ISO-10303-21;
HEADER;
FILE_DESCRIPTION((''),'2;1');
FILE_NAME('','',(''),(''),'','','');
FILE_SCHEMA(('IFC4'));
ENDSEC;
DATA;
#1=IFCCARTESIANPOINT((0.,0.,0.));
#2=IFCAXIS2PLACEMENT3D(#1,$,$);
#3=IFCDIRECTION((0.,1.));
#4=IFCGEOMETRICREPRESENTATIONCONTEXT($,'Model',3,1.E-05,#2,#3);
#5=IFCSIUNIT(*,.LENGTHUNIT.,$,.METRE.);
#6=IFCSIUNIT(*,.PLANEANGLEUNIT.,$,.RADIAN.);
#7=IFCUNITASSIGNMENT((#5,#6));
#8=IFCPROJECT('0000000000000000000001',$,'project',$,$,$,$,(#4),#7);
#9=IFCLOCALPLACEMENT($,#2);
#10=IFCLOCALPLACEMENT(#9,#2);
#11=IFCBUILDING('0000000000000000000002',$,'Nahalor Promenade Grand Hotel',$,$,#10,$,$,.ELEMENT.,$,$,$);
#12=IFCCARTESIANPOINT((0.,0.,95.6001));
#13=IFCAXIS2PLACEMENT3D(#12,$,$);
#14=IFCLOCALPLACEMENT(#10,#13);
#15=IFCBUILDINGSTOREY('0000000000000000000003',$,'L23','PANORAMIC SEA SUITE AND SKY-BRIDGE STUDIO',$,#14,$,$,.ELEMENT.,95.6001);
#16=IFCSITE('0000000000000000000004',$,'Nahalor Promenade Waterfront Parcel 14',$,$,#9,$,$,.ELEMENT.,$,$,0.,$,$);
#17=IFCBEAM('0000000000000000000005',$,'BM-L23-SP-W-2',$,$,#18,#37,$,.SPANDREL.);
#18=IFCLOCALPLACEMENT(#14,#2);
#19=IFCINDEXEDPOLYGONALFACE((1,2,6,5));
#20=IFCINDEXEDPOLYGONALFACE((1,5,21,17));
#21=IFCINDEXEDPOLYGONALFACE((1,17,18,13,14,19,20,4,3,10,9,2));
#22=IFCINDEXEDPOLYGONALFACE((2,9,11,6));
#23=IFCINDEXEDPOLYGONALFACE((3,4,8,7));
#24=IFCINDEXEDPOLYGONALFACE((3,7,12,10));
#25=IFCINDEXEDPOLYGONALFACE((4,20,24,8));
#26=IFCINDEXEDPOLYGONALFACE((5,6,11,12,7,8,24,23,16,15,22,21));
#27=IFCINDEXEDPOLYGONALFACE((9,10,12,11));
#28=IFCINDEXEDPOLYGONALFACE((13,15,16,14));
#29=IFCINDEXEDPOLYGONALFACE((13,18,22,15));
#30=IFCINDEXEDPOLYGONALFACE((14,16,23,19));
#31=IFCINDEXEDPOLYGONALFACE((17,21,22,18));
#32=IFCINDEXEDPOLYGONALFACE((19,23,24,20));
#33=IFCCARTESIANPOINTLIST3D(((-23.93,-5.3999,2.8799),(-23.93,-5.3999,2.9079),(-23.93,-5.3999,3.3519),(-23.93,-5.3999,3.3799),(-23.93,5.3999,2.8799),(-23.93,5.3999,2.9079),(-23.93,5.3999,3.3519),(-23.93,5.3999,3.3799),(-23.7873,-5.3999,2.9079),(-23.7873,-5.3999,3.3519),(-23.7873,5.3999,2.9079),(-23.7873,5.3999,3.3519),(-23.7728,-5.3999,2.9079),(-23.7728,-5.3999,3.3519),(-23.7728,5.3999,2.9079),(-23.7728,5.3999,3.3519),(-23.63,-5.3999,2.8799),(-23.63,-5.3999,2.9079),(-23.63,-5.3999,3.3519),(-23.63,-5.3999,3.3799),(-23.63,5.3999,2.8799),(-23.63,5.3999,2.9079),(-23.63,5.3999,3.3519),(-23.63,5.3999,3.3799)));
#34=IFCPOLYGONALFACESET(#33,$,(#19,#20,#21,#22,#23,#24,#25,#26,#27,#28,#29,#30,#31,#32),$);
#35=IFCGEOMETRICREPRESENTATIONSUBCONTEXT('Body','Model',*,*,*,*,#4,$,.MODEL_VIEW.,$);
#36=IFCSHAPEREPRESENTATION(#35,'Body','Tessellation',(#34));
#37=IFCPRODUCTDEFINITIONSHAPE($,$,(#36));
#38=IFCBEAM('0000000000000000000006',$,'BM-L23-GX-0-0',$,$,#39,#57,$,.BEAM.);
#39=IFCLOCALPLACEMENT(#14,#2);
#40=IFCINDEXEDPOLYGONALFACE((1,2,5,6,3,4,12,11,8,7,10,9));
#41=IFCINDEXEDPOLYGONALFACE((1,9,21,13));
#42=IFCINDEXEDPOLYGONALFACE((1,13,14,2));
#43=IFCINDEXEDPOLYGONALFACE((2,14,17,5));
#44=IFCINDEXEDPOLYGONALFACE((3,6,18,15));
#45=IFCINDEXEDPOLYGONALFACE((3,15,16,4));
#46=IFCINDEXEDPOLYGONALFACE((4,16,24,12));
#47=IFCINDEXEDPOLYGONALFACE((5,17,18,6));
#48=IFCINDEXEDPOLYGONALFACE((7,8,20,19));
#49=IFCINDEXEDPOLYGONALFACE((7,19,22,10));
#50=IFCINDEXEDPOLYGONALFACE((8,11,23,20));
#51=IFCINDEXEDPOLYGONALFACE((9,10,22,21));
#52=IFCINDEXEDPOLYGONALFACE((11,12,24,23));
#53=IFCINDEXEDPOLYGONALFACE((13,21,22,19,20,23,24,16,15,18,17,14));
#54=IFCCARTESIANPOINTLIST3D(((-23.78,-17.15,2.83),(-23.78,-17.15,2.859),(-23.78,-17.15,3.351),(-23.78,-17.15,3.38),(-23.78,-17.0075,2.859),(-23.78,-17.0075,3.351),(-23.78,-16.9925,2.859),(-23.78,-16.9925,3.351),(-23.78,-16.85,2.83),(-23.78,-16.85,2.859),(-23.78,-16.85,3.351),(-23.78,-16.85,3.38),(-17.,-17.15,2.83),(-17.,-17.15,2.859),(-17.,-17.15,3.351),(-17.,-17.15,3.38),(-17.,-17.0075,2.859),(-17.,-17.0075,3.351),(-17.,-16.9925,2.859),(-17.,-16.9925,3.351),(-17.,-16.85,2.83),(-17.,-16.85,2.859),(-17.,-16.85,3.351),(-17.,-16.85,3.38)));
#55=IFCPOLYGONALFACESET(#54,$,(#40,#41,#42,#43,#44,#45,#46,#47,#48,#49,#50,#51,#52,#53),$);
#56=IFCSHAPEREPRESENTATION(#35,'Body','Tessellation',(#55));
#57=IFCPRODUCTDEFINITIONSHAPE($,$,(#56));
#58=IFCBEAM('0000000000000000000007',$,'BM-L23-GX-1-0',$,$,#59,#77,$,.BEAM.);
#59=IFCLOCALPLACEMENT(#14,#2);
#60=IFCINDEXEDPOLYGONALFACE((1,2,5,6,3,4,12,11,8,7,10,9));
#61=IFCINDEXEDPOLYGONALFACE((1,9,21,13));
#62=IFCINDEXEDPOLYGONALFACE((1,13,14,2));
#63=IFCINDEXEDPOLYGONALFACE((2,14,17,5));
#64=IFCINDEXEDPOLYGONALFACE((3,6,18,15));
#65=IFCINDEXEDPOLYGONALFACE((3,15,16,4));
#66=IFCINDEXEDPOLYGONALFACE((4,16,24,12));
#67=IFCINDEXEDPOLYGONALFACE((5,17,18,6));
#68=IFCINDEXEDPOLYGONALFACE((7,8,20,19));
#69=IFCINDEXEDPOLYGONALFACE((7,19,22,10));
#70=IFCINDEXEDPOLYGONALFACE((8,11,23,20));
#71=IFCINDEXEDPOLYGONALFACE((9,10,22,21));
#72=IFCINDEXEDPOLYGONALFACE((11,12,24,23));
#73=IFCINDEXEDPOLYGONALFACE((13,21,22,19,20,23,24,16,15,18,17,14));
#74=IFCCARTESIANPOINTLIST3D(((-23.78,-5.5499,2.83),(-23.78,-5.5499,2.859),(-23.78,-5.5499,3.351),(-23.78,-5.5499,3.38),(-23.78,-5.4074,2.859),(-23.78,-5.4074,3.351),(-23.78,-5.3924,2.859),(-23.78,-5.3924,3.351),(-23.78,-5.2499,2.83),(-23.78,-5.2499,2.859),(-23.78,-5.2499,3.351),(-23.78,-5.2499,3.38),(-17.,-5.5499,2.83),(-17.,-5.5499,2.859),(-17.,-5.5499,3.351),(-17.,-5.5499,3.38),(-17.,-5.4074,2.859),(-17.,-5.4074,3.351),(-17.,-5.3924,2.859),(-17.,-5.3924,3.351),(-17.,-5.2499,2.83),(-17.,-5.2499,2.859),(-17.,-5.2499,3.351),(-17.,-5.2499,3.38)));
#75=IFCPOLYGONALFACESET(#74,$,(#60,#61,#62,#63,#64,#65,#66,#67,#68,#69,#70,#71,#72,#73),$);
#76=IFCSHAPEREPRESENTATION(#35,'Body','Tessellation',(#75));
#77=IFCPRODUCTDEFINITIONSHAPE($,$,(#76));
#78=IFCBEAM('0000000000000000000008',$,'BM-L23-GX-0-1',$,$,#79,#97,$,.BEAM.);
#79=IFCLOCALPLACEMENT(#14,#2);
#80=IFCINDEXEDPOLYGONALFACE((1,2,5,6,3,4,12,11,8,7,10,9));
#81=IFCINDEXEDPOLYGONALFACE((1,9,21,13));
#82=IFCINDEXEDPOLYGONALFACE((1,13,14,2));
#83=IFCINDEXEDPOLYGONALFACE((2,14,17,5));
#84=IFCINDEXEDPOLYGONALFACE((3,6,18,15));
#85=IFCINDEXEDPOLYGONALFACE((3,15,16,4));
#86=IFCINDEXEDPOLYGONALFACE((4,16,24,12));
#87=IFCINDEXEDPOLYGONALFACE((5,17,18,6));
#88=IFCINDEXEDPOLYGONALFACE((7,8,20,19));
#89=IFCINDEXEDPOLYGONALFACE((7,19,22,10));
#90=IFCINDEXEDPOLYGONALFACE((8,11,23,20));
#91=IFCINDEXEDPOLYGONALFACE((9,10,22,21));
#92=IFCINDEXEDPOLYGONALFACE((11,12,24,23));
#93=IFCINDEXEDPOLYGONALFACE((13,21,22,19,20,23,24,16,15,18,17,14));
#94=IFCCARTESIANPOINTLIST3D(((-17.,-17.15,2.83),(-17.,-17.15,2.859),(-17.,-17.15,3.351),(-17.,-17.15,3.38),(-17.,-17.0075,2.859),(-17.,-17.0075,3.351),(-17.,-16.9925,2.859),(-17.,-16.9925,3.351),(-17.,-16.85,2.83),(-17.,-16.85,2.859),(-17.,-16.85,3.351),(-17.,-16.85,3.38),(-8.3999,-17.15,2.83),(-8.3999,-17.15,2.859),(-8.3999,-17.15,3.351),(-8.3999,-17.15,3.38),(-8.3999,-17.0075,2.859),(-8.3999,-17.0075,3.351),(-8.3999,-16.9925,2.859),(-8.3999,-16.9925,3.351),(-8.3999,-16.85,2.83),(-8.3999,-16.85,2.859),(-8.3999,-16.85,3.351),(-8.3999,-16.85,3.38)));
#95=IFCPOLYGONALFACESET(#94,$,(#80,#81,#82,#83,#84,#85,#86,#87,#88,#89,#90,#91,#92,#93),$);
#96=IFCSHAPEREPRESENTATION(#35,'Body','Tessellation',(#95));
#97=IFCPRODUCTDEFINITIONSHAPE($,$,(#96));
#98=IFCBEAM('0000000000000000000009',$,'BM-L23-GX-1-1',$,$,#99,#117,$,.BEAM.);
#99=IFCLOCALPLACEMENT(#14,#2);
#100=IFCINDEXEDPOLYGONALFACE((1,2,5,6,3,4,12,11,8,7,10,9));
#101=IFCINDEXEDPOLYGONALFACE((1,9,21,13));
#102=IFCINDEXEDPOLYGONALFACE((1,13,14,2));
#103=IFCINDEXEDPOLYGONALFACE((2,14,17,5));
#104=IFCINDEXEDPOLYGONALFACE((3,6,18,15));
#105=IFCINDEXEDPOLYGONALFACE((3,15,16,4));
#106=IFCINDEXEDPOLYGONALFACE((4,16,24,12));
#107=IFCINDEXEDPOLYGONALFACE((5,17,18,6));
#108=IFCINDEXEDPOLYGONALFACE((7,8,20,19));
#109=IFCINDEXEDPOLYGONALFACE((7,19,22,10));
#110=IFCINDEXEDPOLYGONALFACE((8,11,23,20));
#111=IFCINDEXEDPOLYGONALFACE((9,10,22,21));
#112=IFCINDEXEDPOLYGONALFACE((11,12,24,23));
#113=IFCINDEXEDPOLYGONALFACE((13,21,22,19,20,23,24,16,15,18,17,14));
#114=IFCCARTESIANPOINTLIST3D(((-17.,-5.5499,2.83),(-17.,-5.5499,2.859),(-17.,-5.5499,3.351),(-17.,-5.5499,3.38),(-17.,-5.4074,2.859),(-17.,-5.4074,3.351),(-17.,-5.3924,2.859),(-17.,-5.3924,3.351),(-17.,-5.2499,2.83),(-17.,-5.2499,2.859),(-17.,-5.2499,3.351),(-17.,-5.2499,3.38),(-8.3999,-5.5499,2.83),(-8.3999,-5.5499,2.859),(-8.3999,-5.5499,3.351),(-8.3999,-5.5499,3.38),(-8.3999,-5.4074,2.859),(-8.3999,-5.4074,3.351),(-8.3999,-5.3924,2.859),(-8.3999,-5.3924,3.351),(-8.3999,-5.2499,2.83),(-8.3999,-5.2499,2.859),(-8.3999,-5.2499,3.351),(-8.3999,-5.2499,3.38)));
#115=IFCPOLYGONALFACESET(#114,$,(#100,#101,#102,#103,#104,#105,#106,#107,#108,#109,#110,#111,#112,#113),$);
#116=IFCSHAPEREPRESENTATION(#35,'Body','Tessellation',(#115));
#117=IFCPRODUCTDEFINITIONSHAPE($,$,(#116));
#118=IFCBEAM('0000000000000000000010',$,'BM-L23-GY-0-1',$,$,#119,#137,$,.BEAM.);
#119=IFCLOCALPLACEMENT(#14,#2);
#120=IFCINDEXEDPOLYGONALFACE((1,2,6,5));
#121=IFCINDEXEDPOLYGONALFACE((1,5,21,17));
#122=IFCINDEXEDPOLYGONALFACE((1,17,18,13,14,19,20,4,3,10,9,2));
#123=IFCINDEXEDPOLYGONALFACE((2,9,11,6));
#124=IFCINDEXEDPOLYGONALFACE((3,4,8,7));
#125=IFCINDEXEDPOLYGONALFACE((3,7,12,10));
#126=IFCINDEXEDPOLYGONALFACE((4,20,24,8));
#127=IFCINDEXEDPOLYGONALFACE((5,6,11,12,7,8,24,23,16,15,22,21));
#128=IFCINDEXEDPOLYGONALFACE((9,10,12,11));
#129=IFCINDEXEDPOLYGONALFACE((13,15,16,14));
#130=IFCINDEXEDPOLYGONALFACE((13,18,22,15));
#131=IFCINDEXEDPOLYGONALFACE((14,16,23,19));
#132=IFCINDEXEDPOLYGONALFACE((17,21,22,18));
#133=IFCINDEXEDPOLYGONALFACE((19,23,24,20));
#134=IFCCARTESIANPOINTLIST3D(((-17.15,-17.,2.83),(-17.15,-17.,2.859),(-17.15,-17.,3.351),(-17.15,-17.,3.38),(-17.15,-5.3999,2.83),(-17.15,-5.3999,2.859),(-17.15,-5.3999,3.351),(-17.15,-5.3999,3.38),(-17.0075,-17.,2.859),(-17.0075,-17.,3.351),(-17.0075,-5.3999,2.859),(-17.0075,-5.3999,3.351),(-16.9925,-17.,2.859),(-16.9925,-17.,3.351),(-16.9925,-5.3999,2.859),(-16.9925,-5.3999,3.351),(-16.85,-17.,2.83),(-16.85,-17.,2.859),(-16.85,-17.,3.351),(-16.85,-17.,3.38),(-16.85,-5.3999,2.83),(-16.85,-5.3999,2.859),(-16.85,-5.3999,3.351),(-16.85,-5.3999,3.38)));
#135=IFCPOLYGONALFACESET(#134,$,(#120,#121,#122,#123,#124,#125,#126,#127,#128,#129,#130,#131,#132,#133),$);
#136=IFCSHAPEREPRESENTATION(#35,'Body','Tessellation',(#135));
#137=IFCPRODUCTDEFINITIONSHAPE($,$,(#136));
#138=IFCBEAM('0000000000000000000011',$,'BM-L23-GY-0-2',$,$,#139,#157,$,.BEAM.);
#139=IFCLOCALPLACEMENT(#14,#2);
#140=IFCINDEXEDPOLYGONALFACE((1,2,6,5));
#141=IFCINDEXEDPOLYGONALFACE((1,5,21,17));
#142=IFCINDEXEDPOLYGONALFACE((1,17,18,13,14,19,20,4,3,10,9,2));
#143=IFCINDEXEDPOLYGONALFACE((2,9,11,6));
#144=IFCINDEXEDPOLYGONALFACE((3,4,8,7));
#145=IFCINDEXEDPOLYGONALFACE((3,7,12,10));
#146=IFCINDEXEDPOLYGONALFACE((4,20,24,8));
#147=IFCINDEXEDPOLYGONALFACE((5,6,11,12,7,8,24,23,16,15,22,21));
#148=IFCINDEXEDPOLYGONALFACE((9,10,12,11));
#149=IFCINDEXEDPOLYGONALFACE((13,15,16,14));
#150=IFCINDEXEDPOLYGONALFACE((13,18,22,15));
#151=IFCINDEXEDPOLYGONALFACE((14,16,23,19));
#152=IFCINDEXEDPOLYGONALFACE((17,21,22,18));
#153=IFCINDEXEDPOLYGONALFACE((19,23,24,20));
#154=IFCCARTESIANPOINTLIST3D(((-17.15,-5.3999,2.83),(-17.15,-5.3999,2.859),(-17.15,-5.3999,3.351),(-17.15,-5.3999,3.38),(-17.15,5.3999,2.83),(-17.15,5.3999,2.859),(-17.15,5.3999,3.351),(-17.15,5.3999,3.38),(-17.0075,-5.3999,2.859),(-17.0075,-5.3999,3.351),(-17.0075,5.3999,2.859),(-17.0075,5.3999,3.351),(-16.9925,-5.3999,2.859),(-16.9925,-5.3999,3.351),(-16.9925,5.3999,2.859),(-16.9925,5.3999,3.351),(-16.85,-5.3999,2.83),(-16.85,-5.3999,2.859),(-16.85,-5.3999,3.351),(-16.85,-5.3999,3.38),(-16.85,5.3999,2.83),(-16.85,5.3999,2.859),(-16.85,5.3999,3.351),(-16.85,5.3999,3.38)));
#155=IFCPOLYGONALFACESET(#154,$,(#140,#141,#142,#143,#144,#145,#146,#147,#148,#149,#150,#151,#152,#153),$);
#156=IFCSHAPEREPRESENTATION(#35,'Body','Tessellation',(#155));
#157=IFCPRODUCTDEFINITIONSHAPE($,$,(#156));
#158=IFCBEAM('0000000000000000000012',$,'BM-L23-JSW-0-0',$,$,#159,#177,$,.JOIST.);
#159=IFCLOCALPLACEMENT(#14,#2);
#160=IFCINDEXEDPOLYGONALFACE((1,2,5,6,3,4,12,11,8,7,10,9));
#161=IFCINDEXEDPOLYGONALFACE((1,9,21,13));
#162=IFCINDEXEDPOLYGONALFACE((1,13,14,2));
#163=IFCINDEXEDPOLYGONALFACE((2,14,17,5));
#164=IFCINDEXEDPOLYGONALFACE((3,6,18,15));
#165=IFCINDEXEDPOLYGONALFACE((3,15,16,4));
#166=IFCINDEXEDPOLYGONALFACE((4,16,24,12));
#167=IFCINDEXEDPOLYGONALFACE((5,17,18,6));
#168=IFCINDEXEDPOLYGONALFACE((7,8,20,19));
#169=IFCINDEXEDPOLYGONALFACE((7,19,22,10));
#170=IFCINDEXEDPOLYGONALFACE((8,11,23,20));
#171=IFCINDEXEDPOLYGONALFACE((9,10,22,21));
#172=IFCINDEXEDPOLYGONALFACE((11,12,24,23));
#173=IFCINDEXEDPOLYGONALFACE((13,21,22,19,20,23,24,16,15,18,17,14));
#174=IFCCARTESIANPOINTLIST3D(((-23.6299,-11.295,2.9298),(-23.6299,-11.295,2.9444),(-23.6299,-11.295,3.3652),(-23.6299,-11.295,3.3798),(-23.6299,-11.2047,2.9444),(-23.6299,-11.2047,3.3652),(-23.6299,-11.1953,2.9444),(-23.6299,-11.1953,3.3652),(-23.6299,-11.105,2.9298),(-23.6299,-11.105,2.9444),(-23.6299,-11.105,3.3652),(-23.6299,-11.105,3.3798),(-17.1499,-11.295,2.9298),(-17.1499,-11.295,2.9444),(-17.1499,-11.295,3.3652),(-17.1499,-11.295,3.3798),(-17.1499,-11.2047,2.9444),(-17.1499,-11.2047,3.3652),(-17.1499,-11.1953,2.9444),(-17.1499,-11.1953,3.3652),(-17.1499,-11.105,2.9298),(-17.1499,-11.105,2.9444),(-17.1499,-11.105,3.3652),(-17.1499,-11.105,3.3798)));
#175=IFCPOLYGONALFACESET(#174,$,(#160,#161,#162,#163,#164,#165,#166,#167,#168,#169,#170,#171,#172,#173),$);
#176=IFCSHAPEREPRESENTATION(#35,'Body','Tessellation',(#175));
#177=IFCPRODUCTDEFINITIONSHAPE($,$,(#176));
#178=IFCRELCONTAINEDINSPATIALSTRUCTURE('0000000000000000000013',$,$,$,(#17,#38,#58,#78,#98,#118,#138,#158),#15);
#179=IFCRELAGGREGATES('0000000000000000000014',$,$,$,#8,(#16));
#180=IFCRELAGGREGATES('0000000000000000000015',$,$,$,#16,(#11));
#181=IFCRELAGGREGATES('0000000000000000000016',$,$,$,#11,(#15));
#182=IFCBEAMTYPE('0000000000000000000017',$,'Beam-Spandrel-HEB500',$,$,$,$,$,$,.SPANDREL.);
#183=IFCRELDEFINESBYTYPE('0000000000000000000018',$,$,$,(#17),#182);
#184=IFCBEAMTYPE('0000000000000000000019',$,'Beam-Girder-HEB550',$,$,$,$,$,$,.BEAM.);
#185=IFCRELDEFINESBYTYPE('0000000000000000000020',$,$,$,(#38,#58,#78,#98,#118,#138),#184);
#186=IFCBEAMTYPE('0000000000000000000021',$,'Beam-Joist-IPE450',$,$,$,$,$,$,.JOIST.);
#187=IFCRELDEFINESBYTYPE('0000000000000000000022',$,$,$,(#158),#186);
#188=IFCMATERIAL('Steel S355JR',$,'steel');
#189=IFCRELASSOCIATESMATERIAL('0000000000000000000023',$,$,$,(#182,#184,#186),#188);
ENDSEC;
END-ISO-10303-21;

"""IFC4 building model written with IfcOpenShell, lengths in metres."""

from ifc_helpers import new_model, si_unit, direction, frame, origin, origin_2d, place, context, subcontext, project, spatial, i_section, extrude, source, transform, mapped, material, material_profile, profile_set, type_object, element, save


model = new_model("IFC4")

# Units and contexts
model_context = context("Model", 3, precision=1e-05, world=origin(), true_north=direction((0.0, 1.0)))
body_context = subcontext(model_context, "Body", "Model", "MODEL_VIEW")
ifc_project = project(units=[si_unit("LENGTHUNIT", "METRE"), si_unit("PLANEANGLEUNIT", "RADIAN")], contexts=[model_context])

# Site, building, storey
site_placement = place(None, origin())
site = spatial("IfcSite", under=ifc_project, at=site_placement, Name="Nahalor Promenade Waterfront Parcel 14", CompositionType="ELEMENT", RefElevation=0.0)
building_placement = place(site_placement, origin())
building = spatial("IfcBuilding", under=site, at=building_placement, Name="Nahalor Promenade Grand Hotel", CompositionType="ELEMENT")
storey_placement = place(building_placement, frame((0.0, 0.0, 95.6001)))
storey = spatial("IfcBuildingStorey", under=building, at=storey_placement, Name="L23", Description="PANORAMIC SEA SUITE AND SKY-BRIDGE STUDIO", CompositionType="ELEMENT", Elevation=95.6001)

# Beams
ifc_material_1 = material(Name="Steel S355JR", Category="steel")
ifc_material_profile_1 = material_profile(ifc_material_1, i_section(OverallWidth=0.3, OverallDepth=0.5, WebThickness=0.0145, FlangeThickness=0.028, at=origin_2d()), Name="HEB 500")
ifc_profile_set_1 = profile_set([ifc_material_profile_1], Name="Steel S355JR")
beam_type_1 = type_object("IfcBeamType", Name="Beam-Spandrel-HEB500", PredefinedType="SPANDREL", material=ifc_profile_set_1)
shared_shape_1 = source(origin(), body_context, "Body", "SweptSolid", [
    extrude(i_section(OverallWidth=0.3, OverallDepth=0.5, WebThickness=0.0145, FlangeThickness=0.028, at=origin_2d()), origin(), (0.0, 0.0, 1.0), 10.7998),
])
beam_1_placement = place(storey_placement, frame((-23.78, -5.3999, 3.1299), z_axis=(0.0, 1.0, 0.0), x_axis=(-1.0, 0.0, 0.0)))
element("IfcBeam", 1, at=beam_1_placement, inside=storey, type_object=beam_type_1, Name="BM-L23-SP-W-2", PredefinedType="SPANDREL", context=body_context, shape_type="MappedRepresentation", body=[
    mapped(shared_shape_1, transform((0.0, 0.0, 0.0), scale=1.0)),
])
ifc_material_profile_2 = material_profile(ifc_material_1, i_section(OverallWidth=0.3, OverallDepth=0.55, WebThickness=0.015, FlangeThickness=0.029, at=origin_2d()), Name="HEB 550")
ifc_profile_set_2 = profile_set([ifc_material_profile_2], Name="Steel S355JR")
beam_type_2 = type_object("IfcBeamType", Name="Beam-Girder-HEB550", PredefinedType="BEAM", material=ifc_profile_set_2)
shared_shape_2 = source(origin(), body_context, "Body", "SweptSolid", [
    extrude(i_section(OverallWidth=0.3, OverallDepth=0.55, WebThickness=0.015, FlangeThickness=0.029, at=origin_2d()), origin(), (0.0, 0.0, 1.0), 6.78),
])
for number, where, z_axis, x_axis, name in (
    (2, (-23.78, -17.0, 3.105), (1.0, 0.0, 0.0), (0.0, 1.0, 0.0), "BM-L23-GX-0-0"),
    (3, (-23.78, -5.3999, 3.105), (1.0, 0.0, 0.0), (0.0, 1.0, 0.0), "BM-L23-GX-1-0"),
):
    element("IfcBeam", number, at=place(storey_placement, frame(where, z_axis=z_axis, x_axis=x_axis)), inside=storey, type_object=beam_type_2, Name=name, PredefinedType="BEAM", context=body_context, shape_type="MappedRepresentation", body=[
        mapped(shared_shape_2, transform((0.0, 0.0, 0.0), scale=1.0)),
    ])
shared_shape_3 = source(origin(), body_context, "Body", "SweptSolid", [
    extrude(i_section(OverallWidth=0.3, OverallDepth=0.55, WebThickness=0.015, FlangeThickness=0.029, at=origin_2d()), origin(), (0.0, 0.0, 1.0), 8.6001),
])
for number, where, z_axis, x_axis, name in (
    (4, (-17.0, -17.0, 3.105), (1.0, 0.0, 0.0), (0.0, 1.0, 0.0), "BM-L23-GX-0-1"),
    (5, (-17.0, -5.3999, 3.105), (1.0, 0.0, 0.0), (0.0, 1.0, 0.0), "BM-L23-GX-1-1"),
):
    element("IfcBeam", number, at=place(storey_placement, frame(where, z_axis=z_axis, x_axis=x_axis)), inside=storey, type_object=beam_type_2, Name=name, PredefinedType="BEAM", context=body_context, shape_type="MappedRepresentation", body=[
        mapped(shared_shape_3, transform((0.0, 0.0, 0.0), scale=1.0)),
    ])
shared_shape_4 = source(origin(), body_context, "Body", "SweptSolid", [
    extrude(i_section(OverallWidth=0.3, OverallDepth=0.55, WebThickness=0.015, FlangeThickness=0.029, at=origin_2d()), origin(), (0.0, 0.0, 1.0), 11.6001),
])
beam_2_placement = place(storey_placement, frame((-17.0, -17.0, 3.105), z_axis=(0.0, 1.0, 0.0), x_axis=(-1.0, 0.0, 0.0)))
element("IfcBeam", 6, at=beam_2_placement, inside=storey, type_object=beam_type_2, Name="BM-L23-GY-0-1", PredefinedType="BEAM", context=body_context, shape_type="MappedRepresentation", body=[
    mapped(shared_shape_4, transform((0.0, 0.0, 0.0), scale=1.0)),
])
shared_shape_5 = source(origin(), body_context, "Body", "SweptSolid", [
    extrude(i_section(OverallWidth=0.3, OverallDepth=0.55, WebThickness=0.015, FlangeThickness=0.029, at=origin_2d()), origin(), (0.0, 0.0, 1.0), 10.7998),
])
beam_3_placement = place(storey_placement, frame((-17.0, -5.3999, 3.105), z_axis=(0.0, 1.0, 0.0), x_axis=(-1.0, 0.0, 0.0)))
element("IfcBeam", 7, at=beam_3_placement, inside=storey, type_object=beam_type_2, Name="BM-L23-GY-0-2", PredefinedType="BEAM", context=body_context, shape_type="MappedRepresentation", body=[
    mapped(shared_shape_5, transform((0.0, 0.0, 0.0), scale=1.0)),
])
ifc_material_profile_3 = material_profile(ifc_material_1, i_section(OverallWidth=0.19, OverallDepth=0.45, WebThickness=0.0094, FlangeThickness=0.0146, at=origin_2d()), Name="IPE 450")
ifc_profile_set_3 = profile_set([ifc_material_profile_3], Name="Steel S355JR")
beam_type_3 = type_object("IfcBeamType", Name="Beam-Joist-IPE450", PredefinedType="JOIST", material=ifc_profile_set_3)
shared_shape_6 = source(origin(), body_context, "Body", "SweptSolid", [
    extrude(i_section(OverallWidth=0.19, OverallDepth=0.45, WebThickness=0.0094, FlangeThickness=0.0146, at=origin_2d()), origin(), (0.0, 0.0, 1.0), 6.48),
])
beam_4_placement = place(storey_placement, frame((-23.6299, -11.2, 3.1548), z_axis=(1.0, 0.0, 0.0), x_axis=(0.0, 1.0, 0.0)))
element("IfcBeam", 8, at=beam_4_placement, inside=storey, type_object=beam_type_3, Name="BM-L23-JSW-0-0", PredefinedType="JOIST", context=body_context, shape_type="MappedRepresentation", body=[
    mapped(shared_shape_6, transform((0.0, 0.0, 0.0), scale=1.0)),
])

save(model, "model.ifc")
